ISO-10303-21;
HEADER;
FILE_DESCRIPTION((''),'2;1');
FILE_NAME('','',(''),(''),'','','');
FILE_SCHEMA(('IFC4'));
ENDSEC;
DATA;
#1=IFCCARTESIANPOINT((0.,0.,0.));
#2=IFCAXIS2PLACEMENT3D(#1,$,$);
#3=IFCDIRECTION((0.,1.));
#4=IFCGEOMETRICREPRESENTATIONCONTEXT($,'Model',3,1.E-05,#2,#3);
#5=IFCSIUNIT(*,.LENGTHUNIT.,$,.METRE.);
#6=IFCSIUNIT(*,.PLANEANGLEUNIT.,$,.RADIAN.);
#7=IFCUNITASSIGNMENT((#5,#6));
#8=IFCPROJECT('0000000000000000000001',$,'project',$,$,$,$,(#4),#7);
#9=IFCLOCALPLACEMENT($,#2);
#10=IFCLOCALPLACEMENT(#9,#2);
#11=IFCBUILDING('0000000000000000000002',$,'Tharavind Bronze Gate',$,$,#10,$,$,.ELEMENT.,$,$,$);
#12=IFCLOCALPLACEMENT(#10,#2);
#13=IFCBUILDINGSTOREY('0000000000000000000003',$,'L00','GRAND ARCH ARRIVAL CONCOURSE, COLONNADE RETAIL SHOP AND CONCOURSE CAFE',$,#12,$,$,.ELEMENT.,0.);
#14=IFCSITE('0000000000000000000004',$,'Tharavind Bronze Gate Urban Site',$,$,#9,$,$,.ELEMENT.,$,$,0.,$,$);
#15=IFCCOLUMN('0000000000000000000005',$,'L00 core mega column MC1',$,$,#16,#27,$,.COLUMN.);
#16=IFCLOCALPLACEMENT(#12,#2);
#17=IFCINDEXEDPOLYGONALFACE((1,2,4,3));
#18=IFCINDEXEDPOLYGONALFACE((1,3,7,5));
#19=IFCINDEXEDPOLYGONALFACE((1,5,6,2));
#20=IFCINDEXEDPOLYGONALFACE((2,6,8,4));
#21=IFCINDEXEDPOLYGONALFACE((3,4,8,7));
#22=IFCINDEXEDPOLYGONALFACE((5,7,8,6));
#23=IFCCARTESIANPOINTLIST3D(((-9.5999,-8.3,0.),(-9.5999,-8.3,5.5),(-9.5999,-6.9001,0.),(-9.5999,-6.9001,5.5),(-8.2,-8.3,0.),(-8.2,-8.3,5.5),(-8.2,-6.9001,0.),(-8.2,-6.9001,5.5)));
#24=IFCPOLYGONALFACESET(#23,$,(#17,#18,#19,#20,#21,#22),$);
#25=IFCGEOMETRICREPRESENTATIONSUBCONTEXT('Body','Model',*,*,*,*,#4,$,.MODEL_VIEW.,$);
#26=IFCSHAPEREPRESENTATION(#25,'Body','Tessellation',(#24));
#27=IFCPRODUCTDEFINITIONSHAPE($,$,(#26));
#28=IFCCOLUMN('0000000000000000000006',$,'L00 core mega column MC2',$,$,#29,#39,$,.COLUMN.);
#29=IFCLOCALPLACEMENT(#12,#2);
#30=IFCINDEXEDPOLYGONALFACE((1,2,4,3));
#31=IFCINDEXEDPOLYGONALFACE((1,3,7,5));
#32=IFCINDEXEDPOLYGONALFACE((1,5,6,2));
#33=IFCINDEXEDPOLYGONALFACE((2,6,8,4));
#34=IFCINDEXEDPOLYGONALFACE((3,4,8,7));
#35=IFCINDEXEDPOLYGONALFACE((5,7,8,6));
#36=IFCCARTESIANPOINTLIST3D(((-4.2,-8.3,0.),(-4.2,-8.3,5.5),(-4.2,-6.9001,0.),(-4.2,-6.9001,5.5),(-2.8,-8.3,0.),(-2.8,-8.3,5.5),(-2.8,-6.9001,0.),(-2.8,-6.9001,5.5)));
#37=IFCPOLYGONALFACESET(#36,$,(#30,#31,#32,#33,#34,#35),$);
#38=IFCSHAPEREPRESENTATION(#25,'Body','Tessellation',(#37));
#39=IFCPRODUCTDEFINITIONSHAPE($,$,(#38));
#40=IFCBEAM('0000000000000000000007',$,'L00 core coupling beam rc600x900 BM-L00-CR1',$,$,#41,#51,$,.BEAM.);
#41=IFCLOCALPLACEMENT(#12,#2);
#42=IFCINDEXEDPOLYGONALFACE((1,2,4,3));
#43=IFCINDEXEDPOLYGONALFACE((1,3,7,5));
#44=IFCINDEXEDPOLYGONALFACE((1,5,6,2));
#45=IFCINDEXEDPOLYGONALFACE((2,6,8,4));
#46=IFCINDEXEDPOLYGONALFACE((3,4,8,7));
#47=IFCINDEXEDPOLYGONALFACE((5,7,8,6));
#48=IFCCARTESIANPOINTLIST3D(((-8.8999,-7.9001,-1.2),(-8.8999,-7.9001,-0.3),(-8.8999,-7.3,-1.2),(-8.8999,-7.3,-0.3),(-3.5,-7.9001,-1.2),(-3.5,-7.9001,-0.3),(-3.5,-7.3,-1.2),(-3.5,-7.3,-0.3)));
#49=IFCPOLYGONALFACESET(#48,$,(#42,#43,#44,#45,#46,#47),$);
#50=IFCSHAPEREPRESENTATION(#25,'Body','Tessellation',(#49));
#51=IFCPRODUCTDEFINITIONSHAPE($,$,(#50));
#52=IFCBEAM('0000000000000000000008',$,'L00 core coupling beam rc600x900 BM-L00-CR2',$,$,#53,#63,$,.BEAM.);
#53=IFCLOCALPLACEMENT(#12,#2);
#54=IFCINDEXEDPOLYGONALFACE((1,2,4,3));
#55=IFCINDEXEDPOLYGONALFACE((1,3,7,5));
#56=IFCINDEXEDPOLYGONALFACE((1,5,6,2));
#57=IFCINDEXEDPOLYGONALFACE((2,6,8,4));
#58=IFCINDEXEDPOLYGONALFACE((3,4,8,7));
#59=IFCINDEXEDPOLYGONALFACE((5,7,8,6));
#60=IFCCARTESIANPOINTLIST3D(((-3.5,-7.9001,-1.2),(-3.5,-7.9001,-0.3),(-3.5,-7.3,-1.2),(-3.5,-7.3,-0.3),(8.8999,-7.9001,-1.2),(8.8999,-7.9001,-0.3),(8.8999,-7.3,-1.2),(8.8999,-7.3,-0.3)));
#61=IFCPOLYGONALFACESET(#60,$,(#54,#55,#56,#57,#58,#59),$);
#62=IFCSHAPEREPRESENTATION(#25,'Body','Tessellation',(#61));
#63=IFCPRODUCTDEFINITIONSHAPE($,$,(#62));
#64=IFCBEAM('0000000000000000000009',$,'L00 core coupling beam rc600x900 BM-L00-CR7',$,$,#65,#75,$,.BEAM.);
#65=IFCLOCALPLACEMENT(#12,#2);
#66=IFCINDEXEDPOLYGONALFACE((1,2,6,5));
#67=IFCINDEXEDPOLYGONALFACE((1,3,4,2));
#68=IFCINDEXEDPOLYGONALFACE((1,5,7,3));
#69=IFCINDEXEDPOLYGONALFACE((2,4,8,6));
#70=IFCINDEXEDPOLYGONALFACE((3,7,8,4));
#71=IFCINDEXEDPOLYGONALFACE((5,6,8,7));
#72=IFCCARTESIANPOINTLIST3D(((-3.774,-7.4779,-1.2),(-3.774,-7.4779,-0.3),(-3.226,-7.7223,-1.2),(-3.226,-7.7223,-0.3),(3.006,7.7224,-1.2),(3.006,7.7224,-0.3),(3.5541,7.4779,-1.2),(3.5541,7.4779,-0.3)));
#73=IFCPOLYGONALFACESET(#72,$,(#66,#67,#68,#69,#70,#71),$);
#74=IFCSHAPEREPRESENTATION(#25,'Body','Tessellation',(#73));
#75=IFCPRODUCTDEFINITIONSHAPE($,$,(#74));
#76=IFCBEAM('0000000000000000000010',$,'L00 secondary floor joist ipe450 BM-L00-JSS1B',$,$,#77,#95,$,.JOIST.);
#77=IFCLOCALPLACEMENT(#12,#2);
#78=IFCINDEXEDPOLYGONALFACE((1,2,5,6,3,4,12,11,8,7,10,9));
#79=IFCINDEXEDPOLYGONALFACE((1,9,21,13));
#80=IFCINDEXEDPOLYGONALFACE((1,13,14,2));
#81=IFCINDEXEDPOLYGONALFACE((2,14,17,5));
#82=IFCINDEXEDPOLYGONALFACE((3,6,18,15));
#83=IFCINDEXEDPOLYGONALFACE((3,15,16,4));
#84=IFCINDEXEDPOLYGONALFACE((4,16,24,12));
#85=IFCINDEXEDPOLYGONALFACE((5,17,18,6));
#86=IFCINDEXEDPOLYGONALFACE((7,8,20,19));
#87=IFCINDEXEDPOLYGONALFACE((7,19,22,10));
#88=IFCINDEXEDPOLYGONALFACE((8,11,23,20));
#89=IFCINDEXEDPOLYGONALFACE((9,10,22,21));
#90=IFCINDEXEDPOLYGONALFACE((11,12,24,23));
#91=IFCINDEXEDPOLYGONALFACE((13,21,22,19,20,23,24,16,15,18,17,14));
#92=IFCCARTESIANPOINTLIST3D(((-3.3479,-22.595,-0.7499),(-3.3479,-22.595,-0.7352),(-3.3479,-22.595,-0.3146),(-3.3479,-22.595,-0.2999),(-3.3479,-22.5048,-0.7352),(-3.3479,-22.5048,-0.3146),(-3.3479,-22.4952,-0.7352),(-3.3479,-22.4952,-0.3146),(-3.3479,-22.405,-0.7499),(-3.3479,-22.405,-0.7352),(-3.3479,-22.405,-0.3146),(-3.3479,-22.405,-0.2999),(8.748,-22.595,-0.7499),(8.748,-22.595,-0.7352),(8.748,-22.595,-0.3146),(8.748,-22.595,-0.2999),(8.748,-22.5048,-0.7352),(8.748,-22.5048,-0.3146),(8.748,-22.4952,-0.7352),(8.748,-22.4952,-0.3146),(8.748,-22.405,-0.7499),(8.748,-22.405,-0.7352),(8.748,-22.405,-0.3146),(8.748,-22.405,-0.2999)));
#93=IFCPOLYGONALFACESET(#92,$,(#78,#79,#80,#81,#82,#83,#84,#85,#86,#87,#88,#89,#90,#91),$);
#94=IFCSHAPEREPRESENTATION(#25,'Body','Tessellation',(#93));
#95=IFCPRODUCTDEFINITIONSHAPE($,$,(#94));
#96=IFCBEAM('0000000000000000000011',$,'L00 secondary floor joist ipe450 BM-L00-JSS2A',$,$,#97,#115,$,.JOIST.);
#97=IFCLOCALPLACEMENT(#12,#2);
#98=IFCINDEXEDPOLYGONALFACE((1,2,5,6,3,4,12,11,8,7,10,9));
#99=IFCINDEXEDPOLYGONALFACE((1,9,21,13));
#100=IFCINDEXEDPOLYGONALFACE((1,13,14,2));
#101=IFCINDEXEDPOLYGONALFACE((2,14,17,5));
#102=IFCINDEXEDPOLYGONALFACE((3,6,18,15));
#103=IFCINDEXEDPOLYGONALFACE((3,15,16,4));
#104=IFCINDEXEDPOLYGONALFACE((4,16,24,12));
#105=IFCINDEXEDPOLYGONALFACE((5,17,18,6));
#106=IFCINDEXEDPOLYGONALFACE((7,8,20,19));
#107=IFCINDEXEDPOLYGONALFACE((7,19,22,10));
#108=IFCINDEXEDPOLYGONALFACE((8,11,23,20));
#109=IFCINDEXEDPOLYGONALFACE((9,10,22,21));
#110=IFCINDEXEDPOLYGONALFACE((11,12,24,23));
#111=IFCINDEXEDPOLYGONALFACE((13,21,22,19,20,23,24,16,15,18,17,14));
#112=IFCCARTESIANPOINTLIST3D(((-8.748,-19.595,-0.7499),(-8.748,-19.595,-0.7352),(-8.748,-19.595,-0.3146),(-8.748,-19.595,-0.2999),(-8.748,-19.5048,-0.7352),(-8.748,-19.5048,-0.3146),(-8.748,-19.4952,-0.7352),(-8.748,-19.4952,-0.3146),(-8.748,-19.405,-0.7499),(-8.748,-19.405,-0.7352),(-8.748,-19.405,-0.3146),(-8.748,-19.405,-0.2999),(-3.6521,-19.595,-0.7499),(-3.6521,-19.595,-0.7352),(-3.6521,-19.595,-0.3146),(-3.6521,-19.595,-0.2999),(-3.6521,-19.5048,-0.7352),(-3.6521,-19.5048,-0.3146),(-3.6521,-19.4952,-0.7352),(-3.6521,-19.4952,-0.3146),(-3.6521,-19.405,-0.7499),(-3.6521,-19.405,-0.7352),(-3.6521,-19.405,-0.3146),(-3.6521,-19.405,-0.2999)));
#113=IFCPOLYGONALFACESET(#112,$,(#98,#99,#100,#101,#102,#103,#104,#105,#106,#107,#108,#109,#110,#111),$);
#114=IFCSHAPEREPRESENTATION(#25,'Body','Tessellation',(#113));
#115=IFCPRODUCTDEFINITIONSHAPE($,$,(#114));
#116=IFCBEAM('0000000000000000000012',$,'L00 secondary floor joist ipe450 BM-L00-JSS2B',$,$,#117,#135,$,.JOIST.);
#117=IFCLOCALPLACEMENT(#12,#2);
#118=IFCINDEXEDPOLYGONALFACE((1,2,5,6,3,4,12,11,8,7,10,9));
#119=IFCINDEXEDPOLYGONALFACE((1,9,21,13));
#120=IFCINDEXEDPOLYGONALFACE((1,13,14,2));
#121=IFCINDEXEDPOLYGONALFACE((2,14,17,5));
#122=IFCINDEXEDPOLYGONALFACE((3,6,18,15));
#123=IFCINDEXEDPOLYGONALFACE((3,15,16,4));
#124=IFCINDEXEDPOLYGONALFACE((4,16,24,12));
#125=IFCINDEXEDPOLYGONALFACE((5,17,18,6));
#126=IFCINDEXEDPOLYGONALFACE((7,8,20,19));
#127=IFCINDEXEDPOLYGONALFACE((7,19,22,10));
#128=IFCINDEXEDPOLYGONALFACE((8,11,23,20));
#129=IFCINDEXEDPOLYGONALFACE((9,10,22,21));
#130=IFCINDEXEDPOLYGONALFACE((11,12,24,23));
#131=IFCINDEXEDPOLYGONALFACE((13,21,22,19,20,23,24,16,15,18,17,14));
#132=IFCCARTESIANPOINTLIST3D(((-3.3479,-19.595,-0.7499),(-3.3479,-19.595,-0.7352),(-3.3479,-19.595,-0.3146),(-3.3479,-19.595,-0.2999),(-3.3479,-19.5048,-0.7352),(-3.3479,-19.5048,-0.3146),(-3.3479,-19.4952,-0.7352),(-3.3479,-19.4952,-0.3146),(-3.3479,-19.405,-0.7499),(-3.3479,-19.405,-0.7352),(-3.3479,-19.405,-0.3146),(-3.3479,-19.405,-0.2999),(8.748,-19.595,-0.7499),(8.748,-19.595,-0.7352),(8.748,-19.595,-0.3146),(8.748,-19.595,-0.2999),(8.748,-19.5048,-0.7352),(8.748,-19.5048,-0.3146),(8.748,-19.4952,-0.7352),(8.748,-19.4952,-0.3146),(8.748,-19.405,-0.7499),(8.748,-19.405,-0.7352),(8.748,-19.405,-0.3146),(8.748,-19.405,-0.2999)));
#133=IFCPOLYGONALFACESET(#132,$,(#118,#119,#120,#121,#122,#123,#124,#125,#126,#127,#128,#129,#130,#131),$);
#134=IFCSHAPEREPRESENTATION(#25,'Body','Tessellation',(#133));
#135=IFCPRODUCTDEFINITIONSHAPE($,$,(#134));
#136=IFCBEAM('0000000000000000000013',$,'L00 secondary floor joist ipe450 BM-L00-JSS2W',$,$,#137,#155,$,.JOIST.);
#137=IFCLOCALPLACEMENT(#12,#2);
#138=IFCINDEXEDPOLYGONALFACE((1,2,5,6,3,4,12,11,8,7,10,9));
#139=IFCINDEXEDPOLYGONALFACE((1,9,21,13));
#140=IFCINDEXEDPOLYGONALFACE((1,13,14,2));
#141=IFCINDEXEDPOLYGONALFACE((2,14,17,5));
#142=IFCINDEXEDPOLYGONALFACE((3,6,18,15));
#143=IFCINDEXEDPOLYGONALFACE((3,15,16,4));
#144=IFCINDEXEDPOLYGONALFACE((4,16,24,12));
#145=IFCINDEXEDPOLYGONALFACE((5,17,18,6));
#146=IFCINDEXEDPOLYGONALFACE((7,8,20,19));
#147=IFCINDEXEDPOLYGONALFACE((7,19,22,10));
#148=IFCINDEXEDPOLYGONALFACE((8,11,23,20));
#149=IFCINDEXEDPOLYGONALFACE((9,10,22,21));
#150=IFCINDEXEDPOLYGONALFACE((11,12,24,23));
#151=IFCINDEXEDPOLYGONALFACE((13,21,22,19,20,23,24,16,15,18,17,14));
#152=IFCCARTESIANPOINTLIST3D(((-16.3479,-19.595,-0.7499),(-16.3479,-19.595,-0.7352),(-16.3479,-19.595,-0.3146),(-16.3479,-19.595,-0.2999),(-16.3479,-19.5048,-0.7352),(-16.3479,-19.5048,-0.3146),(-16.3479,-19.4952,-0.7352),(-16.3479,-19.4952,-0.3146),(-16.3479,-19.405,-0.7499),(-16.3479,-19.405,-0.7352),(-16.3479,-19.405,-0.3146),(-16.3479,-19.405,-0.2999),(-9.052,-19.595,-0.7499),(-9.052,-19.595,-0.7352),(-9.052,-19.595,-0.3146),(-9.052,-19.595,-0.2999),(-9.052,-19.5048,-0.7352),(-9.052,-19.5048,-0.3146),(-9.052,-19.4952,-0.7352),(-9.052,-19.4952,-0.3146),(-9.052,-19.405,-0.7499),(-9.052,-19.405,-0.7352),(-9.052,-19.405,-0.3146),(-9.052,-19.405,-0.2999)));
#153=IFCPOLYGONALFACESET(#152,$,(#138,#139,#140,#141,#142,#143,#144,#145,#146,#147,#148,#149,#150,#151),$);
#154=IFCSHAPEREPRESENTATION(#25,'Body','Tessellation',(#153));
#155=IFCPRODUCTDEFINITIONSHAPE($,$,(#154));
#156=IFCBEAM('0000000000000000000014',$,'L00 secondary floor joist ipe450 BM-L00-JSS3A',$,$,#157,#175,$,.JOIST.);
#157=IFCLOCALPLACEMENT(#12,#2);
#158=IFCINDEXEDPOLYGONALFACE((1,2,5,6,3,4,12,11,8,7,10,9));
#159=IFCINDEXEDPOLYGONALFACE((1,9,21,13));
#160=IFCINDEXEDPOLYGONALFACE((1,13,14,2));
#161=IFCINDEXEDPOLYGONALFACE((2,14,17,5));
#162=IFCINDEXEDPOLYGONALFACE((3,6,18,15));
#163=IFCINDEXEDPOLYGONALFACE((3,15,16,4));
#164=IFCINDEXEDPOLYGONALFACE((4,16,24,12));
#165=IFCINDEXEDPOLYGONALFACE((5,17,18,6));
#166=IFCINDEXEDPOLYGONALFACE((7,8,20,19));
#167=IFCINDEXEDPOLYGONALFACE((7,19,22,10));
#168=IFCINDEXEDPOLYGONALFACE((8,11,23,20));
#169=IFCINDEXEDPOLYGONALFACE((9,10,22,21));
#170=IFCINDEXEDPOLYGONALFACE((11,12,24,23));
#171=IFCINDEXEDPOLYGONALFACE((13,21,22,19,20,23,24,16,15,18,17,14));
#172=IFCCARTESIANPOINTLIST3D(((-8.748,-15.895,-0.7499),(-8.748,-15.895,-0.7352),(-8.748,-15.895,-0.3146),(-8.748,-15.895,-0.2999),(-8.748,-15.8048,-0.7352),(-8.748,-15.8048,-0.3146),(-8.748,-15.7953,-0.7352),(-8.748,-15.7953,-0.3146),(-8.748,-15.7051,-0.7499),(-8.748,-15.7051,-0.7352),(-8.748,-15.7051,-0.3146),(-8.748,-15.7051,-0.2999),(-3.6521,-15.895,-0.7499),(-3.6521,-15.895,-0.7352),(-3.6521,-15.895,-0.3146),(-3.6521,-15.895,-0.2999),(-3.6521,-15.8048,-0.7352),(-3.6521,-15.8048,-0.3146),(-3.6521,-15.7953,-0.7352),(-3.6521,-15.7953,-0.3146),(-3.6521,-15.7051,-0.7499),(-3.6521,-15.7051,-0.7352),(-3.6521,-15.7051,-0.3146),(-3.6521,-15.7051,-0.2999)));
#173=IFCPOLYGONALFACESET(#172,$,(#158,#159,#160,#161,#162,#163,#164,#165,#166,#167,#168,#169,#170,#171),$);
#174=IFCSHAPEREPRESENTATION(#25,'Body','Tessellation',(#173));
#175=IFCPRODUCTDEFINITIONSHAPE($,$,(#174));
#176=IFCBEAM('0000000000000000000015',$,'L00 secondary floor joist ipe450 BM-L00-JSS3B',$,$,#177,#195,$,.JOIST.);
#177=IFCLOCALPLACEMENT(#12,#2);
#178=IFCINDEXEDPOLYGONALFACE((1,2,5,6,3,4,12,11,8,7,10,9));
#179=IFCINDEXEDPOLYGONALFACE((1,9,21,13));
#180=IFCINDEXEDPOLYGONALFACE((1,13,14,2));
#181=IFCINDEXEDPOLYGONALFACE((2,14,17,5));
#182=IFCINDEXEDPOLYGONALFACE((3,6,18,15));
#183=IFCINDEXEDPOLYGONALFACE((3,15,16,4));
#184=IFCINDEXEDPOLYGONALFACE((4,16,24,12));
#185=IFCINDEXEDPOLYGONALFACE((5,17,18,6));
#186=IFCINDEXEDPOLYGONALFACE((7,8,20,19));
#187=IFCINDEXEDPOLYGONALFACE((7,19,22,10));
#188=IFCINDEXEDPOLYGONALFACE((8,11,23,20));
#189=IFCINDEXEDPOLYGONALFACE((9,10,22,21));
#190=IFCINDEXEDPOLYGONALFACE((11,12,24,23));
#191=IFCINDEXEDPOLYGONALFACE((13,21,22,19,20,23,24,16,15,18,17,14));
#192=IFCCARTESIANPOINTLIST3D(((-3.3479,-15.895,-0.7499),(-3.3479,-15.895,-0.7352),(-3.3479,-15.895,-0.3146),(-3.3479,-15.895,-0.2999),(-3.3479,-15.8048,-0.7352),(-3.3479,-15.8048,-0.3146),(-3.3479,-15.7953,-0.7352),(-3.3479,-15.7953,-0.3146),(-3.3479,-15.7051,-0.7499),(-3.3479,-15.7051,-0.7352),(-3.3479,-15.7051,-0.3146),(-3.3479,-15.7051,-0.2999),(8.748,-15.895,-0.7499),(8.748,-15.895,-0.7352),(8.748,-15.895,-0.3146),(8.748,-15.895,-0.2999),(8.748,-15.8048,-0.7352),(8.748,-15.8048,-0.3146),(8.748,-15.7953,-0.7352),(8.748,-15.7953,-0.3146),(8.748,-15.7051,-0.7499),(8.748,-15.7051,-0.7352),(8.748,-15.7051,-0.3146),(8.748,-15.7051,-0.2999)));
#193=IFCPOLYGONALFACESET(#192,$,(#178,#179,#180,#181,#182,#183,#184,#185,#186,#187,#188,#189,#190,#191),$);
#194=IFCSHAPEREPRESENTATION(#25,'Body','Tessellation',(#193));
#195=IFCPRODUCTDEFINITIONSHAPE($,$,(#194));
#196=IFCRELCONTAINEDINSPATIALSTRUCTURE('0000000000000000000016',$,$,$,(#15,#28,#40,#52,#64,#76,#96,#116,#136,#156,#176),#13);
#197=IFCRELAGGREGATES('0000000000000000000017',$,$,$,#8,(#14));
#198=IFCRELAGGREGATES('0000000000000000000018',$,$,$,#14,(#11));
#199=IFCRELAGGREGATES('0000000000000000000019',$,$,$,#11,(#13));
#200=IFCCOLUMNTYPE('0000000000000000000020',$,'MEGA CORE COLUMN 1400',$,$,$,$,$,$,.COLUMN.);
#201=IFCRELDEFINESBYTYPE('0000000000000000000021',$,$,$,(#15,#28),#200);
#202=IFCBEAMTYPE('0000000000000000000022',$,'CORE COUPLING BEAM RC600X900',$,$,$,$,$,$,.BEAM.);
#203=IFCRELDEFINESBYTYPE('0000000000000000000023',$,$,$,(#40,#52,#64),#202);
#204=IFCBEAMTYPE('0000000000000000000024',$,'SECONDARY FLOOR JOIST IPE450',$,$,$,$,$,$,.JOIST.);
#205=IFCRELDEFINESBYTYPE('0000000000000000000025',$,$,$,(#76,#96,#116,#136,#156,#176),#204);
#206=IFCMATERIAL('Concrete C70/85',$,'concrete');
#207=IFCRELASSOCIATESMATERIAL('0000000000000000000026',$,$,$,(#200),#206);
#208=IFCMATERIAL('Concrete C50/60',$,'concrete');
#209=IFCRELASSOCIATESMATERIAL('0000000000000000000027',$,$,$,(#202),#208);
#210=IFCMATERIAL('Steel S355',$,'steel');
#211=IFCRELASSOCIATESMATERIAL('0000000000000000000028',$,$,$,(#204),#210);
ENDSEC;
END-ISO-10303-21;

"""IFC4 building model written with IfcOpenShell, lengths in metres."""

from ifc_helpers import new_model, si_unit, direction, frame, origin, origin_2d, place, context, subcontext, project, spatial, rectangle, i_section, extrude, material, material_profile, profile_set, type_object, element, save


model = new_model("IFC4")

# Units and contexts
model_context = context("Model", 3, precision=1e-05, world=origin(), true_north=direction((0.0, 1.0)))
body_context = subcontext(model_context, "Body", "Model", "MODEL_VIEW")
ifc_project = project(units=[si_unit("LENGTHUNIT", "METRE"), si_unit("PLANEANGLEUNIT", "RADIAN")], contexts=[model_context])

# Site, building, storey
site_placement = place(None, origin())
site = spatial("IfcSite", under=ifc_project, at=site_placement, Name="Tharavind Bronze Gate Urban Site", CompositionType="ELEMENT", RefElevation=0.0)
building_placement = place(site_placement, origin())
building = spatial("IfcBuilding", under=site, at=building_placement, Name="Tharavind Bronze Gate", CompositionType="ELEMENT")
storey_placement = place(building_placement, origin())
storey = spatial("IfcBuildingStorey", under=building, at=storey_placement, Name="L00", Description="GRAND ARCH ARRIVAL CONCOURSE, COLONNADE RETAIL SHOP AND CONCOURSE CAFE", CompositionType="ELEMENT", Elevation=0.0)

# Columns
ifc_material_1 = material(Name="Concrete C70/85", Category="concrete")
ifc_material_profile_1 = material_profile(ifc_material_1, rectangle(XDim=1.3999, YDim=1.3999, at=origin_2d()), Name="RCCOL1400")
ifc_profile_set_1 = profile_set([ifc_material_profile_1], Name="Concrete C70/85")
column_type = type_object("IfcColumnType", Name="MEGA CORE COLUMN 1400", PredefinedType="COLUMN", material=ifc_profile_set_1)
for number, where, z_axis, x_axis, name in (
    (1, (-8.8999, -7.6001, 0.0), (0.0, 0.0, 1.0), (1.0, 0.0, 0.0), "L00 core mega column MC1"),
    (2, (-3.5, -7.6001, 0.0), (0.0, 0.0, 1.0), (1.0, 0.0, 0.0), "L00 core mega column MC2"),
):
    element("IfcColumn", number, at=place(storey_placement, frame(where, z_axis=z_axis, x_axis=x_axis)), inside=storey, type_object=column_type, Name=name, PredefinedType="COLUMN", context=body_context, shape_type="SweptSolid", body=[
        extrude(rectangle(XDim=1.3999, YDim=1.3999, at=origin_2d()), origin(), (0.0, 0.0, 1.0), 5.5),
    ])

# Beams
ifc_material_2 = material(Name="Concrete C50/60", Category="concrete")
ifc_material_profile_2 = material_profile(ifc_material_2, rectangle(XDim=0.6001, YDim=0.8999, at=origin_2d()), Name="RCBM600X900")
ifc_profile_set_2 = profile_set([ifc_material_profile_2], Name="Concrete C50/60")
beam_type_1 = type_object("IfcBeamType", Name="CORE COUPLING BEAM RC600X900", PredefinedType="BEAM", material=ifc_profile_set_2)
beam_1_placement = place(storey_placement, frame((-8.8999, -7.6001, -0.75), z_axis=(1.0, 0.0, 0.0), x_axis=(0.0, 1.0, 0.0)))
element("IfcBeam", 3, at=beam_1_placement, inside=storey, type_object=beam_type_1, Name="L00 core coupling beam rc600x900 BM-L00-CR1", PredefinedType="BEAM", context=body_context, shape_type="SweptSolid", body=[
    extrude(rectangle(XDim=0.6001, YDim=0.8999, at=origin_2d()), origin(), (0.0, 0.0, 1.0), 5.3999),
])
beam_2_placement = place(storey_placement, frame((-3.5, -7.6001, -0.75), z_axis=(1.0, 0.0, 0.0), x_axis=(0.0, 1.0, 0.0)))
element("IfcBeam", 4, at=beam_2_placement, inside=storey, type_object=beam_type_1, Name="L00 core coupling beam rc600x900 BM-L00-CR2", PredefinedType="BEAM", context=body_context, shape_type="SweptSolid", body=[
    extrude(rectangle(XDim=0.6001, YDim=0.8999, at=origin_2d()), origin(), (0.0, 0.0, 1.0), 12.3999),
])
beam_3_placement = place(storey_placement, frame((-3.5, -7.6001, -0.75), z_axis=(0.407362, 0.913267, 0.0), x_axis=(-0.913267, 0.407362, 0.0)))
element("IfcBeam", 5, at=beam_3_placement, inside=storey, type_object=beam_type_1, Name="L00 core coupling beam rc600x900 BM-L00-CR7", PredefinedType="BEAM", context=body_context, shape_type="SweptSolid", body=[
    extrude(rectangle(XDim=0.6001, YDim=0.8999, at=origin_2d()), origin(), (0.0, 0.0, 1.0), 16.6438),
])
ifc_material_3 = material(Name="Steel S355", Category="steel")
ifc_material_profile_3 = material_profile(ifc_material_3, i_section(OverallWidth=0.1899, OverallDepth=0.45, WebThickness=0.0095, FlangeThickness=0.0146, at=origin_2d()), Name="IPE450")
ifc_profile_set_3 = profile_set([ifc_material_profile_3], Name="Steel S355")
beam_type_2 = type_object("IfcBeamType", Name="SECONDARY FLOOR JOIST IPE450", PredefinedType="JOIST", material=ifc_profile_set_3)
beam_4_placement = place(storey_placement, frame((-3.3479, -22.5, -0.5249), z_axis=(1.0, 0.0, 0.0), x_axis=(0.0, 1.0, 0.0)))
element("IfcBeam", 6, at=beam_4_placement, inside=storey, type_object=beam_type_2, Name="L00 secondary floor joist ipe450 BM-L00-JSS1B", PredefinedType="JOIST", context=body_context, shape_type="SweptSolid", body=[
    extrude(i_section(OverallWidth=0.1899, OverallDepth=0.45, WebThickness=0.0095, FlangeThickness=0.0146, at=origin_2d()), origin(), (0.0, 0.0, 1.0), 12.0959),
])
beam_5_placement = place(storey_placement, frame((-8.748, -19.5, -0.5249), z_axis=(1.0, 0.0, 0.0), x_axis=(0.0, 1.0, 0.0)))
element("IfcBeam", 7, at=beam_5_placement, inside=storey, type_object=beam_type_2, Name="L00 secondary floor joist ipe450 BM-L00-JSS2A", PredefinedType="JOIST", context=body_context, shape_type="SweptSolid", body=[
    extrude(i_section(OverallWidth=0.1899, OverallDepth=0.45, WebThickness=0.0095, FlangeThickness=0.0146, at=origin_2d()), origin(), (0.0, 0.0, 1.0), 5.0959),
])
beam_6_placement = place(storey_placement, frame((-3.3479, -19.5, -0.5249), z_axis=(1.0, 0.0, 0.0), x_axis=(0.0, 1.0, 0.0)))
element("IfcBeam", 8, at=beam_6_placement, inside=storey, type_object=beam_type_2, Name="L00 secondary floor joist ipe450 BM-L00-JSS2B", PredefinedType="JOIST", context=body_context, shape_type="SweptSolid", body=[
    extrude(i_section(OverallWidth=0.1899, OverallDepth=0.45, WebThickness=0.0095, FlangeThickness=0.0146, at=origin_2d()), origin(), (0.0, 0.0, 1.0), 12.0959),
])
beam_7_placement = place(storey_placement, frame((-16.3479, -19.5, -0.5249), z_axis=(1.0, 0.0, 0.0), x_axis=(0.0, 1.0, 0.0)))
element("IfcBeam", 9, at=beam_7_placement, inside=storey, type_object=beam_type_2, Name="L00 secondary floor joist ipe450 BM-L00-JSS2W", PredefinedType="JOIST", context=body_context, shape_type="SweptSolid", body=[
    extrude(i_section(OverallWidth=0.1899, OverallDepth=0.45, WebThickness=0.0095, FlangeThickness=0.0146, at=origin_2d()), origin(), (0.0, 0.0, 1.0), 7.2959),
])
beam_8_placement = place(storey_placement, frame((-8.748, -15.8, -0.5249), z_axis=(1.0, 0.0, 0.0), x_axis=(0.0, 1.0, 0.0)))
element("IfcBeam", 10, at=beam_8_placement, inside=storey, type_object=beam_type_2, Name="L00 secondary floor joist ipe450 BM-L00-JSS3A", PredefinedType="JOIST", context=body_context, shape_type="SweptSolid", body=[
    extrude(i_section(OverallWidth=0.1899, OverallDepth=0.45, WebThickness=0.0095, FlangeThickness=0.0146, at=origin_2d()), origin(), (0.0, 0.0, 1.0), 5.0959),
])
beam_9_placement = place(storey_placement, frame((-3.3479, -15.8, -0.5249), z_axis=(1.0, 0.0, 0.0), x_axis=(0.0, 1.0, 0.0)))
element("IfcBeam", 11, at=beam_9_placement, inside=storey, type_object=beam_type_2, Name="L00 secondary floor joist ipe450 BM-L00-JSS3B", PredefinedType="JOIST", context=body_context, shape_type="SweptSolid", body=[
    extrude(i_section(OverallWidth=0.1899, OverallDepth=0.45, WebThickness=0.0095, FlangeThickness=0.0146, at=origin_2d()), origin(), (0.0, 0.0, 1.0), 12.0959),
])

save(model, "model.ifc")
